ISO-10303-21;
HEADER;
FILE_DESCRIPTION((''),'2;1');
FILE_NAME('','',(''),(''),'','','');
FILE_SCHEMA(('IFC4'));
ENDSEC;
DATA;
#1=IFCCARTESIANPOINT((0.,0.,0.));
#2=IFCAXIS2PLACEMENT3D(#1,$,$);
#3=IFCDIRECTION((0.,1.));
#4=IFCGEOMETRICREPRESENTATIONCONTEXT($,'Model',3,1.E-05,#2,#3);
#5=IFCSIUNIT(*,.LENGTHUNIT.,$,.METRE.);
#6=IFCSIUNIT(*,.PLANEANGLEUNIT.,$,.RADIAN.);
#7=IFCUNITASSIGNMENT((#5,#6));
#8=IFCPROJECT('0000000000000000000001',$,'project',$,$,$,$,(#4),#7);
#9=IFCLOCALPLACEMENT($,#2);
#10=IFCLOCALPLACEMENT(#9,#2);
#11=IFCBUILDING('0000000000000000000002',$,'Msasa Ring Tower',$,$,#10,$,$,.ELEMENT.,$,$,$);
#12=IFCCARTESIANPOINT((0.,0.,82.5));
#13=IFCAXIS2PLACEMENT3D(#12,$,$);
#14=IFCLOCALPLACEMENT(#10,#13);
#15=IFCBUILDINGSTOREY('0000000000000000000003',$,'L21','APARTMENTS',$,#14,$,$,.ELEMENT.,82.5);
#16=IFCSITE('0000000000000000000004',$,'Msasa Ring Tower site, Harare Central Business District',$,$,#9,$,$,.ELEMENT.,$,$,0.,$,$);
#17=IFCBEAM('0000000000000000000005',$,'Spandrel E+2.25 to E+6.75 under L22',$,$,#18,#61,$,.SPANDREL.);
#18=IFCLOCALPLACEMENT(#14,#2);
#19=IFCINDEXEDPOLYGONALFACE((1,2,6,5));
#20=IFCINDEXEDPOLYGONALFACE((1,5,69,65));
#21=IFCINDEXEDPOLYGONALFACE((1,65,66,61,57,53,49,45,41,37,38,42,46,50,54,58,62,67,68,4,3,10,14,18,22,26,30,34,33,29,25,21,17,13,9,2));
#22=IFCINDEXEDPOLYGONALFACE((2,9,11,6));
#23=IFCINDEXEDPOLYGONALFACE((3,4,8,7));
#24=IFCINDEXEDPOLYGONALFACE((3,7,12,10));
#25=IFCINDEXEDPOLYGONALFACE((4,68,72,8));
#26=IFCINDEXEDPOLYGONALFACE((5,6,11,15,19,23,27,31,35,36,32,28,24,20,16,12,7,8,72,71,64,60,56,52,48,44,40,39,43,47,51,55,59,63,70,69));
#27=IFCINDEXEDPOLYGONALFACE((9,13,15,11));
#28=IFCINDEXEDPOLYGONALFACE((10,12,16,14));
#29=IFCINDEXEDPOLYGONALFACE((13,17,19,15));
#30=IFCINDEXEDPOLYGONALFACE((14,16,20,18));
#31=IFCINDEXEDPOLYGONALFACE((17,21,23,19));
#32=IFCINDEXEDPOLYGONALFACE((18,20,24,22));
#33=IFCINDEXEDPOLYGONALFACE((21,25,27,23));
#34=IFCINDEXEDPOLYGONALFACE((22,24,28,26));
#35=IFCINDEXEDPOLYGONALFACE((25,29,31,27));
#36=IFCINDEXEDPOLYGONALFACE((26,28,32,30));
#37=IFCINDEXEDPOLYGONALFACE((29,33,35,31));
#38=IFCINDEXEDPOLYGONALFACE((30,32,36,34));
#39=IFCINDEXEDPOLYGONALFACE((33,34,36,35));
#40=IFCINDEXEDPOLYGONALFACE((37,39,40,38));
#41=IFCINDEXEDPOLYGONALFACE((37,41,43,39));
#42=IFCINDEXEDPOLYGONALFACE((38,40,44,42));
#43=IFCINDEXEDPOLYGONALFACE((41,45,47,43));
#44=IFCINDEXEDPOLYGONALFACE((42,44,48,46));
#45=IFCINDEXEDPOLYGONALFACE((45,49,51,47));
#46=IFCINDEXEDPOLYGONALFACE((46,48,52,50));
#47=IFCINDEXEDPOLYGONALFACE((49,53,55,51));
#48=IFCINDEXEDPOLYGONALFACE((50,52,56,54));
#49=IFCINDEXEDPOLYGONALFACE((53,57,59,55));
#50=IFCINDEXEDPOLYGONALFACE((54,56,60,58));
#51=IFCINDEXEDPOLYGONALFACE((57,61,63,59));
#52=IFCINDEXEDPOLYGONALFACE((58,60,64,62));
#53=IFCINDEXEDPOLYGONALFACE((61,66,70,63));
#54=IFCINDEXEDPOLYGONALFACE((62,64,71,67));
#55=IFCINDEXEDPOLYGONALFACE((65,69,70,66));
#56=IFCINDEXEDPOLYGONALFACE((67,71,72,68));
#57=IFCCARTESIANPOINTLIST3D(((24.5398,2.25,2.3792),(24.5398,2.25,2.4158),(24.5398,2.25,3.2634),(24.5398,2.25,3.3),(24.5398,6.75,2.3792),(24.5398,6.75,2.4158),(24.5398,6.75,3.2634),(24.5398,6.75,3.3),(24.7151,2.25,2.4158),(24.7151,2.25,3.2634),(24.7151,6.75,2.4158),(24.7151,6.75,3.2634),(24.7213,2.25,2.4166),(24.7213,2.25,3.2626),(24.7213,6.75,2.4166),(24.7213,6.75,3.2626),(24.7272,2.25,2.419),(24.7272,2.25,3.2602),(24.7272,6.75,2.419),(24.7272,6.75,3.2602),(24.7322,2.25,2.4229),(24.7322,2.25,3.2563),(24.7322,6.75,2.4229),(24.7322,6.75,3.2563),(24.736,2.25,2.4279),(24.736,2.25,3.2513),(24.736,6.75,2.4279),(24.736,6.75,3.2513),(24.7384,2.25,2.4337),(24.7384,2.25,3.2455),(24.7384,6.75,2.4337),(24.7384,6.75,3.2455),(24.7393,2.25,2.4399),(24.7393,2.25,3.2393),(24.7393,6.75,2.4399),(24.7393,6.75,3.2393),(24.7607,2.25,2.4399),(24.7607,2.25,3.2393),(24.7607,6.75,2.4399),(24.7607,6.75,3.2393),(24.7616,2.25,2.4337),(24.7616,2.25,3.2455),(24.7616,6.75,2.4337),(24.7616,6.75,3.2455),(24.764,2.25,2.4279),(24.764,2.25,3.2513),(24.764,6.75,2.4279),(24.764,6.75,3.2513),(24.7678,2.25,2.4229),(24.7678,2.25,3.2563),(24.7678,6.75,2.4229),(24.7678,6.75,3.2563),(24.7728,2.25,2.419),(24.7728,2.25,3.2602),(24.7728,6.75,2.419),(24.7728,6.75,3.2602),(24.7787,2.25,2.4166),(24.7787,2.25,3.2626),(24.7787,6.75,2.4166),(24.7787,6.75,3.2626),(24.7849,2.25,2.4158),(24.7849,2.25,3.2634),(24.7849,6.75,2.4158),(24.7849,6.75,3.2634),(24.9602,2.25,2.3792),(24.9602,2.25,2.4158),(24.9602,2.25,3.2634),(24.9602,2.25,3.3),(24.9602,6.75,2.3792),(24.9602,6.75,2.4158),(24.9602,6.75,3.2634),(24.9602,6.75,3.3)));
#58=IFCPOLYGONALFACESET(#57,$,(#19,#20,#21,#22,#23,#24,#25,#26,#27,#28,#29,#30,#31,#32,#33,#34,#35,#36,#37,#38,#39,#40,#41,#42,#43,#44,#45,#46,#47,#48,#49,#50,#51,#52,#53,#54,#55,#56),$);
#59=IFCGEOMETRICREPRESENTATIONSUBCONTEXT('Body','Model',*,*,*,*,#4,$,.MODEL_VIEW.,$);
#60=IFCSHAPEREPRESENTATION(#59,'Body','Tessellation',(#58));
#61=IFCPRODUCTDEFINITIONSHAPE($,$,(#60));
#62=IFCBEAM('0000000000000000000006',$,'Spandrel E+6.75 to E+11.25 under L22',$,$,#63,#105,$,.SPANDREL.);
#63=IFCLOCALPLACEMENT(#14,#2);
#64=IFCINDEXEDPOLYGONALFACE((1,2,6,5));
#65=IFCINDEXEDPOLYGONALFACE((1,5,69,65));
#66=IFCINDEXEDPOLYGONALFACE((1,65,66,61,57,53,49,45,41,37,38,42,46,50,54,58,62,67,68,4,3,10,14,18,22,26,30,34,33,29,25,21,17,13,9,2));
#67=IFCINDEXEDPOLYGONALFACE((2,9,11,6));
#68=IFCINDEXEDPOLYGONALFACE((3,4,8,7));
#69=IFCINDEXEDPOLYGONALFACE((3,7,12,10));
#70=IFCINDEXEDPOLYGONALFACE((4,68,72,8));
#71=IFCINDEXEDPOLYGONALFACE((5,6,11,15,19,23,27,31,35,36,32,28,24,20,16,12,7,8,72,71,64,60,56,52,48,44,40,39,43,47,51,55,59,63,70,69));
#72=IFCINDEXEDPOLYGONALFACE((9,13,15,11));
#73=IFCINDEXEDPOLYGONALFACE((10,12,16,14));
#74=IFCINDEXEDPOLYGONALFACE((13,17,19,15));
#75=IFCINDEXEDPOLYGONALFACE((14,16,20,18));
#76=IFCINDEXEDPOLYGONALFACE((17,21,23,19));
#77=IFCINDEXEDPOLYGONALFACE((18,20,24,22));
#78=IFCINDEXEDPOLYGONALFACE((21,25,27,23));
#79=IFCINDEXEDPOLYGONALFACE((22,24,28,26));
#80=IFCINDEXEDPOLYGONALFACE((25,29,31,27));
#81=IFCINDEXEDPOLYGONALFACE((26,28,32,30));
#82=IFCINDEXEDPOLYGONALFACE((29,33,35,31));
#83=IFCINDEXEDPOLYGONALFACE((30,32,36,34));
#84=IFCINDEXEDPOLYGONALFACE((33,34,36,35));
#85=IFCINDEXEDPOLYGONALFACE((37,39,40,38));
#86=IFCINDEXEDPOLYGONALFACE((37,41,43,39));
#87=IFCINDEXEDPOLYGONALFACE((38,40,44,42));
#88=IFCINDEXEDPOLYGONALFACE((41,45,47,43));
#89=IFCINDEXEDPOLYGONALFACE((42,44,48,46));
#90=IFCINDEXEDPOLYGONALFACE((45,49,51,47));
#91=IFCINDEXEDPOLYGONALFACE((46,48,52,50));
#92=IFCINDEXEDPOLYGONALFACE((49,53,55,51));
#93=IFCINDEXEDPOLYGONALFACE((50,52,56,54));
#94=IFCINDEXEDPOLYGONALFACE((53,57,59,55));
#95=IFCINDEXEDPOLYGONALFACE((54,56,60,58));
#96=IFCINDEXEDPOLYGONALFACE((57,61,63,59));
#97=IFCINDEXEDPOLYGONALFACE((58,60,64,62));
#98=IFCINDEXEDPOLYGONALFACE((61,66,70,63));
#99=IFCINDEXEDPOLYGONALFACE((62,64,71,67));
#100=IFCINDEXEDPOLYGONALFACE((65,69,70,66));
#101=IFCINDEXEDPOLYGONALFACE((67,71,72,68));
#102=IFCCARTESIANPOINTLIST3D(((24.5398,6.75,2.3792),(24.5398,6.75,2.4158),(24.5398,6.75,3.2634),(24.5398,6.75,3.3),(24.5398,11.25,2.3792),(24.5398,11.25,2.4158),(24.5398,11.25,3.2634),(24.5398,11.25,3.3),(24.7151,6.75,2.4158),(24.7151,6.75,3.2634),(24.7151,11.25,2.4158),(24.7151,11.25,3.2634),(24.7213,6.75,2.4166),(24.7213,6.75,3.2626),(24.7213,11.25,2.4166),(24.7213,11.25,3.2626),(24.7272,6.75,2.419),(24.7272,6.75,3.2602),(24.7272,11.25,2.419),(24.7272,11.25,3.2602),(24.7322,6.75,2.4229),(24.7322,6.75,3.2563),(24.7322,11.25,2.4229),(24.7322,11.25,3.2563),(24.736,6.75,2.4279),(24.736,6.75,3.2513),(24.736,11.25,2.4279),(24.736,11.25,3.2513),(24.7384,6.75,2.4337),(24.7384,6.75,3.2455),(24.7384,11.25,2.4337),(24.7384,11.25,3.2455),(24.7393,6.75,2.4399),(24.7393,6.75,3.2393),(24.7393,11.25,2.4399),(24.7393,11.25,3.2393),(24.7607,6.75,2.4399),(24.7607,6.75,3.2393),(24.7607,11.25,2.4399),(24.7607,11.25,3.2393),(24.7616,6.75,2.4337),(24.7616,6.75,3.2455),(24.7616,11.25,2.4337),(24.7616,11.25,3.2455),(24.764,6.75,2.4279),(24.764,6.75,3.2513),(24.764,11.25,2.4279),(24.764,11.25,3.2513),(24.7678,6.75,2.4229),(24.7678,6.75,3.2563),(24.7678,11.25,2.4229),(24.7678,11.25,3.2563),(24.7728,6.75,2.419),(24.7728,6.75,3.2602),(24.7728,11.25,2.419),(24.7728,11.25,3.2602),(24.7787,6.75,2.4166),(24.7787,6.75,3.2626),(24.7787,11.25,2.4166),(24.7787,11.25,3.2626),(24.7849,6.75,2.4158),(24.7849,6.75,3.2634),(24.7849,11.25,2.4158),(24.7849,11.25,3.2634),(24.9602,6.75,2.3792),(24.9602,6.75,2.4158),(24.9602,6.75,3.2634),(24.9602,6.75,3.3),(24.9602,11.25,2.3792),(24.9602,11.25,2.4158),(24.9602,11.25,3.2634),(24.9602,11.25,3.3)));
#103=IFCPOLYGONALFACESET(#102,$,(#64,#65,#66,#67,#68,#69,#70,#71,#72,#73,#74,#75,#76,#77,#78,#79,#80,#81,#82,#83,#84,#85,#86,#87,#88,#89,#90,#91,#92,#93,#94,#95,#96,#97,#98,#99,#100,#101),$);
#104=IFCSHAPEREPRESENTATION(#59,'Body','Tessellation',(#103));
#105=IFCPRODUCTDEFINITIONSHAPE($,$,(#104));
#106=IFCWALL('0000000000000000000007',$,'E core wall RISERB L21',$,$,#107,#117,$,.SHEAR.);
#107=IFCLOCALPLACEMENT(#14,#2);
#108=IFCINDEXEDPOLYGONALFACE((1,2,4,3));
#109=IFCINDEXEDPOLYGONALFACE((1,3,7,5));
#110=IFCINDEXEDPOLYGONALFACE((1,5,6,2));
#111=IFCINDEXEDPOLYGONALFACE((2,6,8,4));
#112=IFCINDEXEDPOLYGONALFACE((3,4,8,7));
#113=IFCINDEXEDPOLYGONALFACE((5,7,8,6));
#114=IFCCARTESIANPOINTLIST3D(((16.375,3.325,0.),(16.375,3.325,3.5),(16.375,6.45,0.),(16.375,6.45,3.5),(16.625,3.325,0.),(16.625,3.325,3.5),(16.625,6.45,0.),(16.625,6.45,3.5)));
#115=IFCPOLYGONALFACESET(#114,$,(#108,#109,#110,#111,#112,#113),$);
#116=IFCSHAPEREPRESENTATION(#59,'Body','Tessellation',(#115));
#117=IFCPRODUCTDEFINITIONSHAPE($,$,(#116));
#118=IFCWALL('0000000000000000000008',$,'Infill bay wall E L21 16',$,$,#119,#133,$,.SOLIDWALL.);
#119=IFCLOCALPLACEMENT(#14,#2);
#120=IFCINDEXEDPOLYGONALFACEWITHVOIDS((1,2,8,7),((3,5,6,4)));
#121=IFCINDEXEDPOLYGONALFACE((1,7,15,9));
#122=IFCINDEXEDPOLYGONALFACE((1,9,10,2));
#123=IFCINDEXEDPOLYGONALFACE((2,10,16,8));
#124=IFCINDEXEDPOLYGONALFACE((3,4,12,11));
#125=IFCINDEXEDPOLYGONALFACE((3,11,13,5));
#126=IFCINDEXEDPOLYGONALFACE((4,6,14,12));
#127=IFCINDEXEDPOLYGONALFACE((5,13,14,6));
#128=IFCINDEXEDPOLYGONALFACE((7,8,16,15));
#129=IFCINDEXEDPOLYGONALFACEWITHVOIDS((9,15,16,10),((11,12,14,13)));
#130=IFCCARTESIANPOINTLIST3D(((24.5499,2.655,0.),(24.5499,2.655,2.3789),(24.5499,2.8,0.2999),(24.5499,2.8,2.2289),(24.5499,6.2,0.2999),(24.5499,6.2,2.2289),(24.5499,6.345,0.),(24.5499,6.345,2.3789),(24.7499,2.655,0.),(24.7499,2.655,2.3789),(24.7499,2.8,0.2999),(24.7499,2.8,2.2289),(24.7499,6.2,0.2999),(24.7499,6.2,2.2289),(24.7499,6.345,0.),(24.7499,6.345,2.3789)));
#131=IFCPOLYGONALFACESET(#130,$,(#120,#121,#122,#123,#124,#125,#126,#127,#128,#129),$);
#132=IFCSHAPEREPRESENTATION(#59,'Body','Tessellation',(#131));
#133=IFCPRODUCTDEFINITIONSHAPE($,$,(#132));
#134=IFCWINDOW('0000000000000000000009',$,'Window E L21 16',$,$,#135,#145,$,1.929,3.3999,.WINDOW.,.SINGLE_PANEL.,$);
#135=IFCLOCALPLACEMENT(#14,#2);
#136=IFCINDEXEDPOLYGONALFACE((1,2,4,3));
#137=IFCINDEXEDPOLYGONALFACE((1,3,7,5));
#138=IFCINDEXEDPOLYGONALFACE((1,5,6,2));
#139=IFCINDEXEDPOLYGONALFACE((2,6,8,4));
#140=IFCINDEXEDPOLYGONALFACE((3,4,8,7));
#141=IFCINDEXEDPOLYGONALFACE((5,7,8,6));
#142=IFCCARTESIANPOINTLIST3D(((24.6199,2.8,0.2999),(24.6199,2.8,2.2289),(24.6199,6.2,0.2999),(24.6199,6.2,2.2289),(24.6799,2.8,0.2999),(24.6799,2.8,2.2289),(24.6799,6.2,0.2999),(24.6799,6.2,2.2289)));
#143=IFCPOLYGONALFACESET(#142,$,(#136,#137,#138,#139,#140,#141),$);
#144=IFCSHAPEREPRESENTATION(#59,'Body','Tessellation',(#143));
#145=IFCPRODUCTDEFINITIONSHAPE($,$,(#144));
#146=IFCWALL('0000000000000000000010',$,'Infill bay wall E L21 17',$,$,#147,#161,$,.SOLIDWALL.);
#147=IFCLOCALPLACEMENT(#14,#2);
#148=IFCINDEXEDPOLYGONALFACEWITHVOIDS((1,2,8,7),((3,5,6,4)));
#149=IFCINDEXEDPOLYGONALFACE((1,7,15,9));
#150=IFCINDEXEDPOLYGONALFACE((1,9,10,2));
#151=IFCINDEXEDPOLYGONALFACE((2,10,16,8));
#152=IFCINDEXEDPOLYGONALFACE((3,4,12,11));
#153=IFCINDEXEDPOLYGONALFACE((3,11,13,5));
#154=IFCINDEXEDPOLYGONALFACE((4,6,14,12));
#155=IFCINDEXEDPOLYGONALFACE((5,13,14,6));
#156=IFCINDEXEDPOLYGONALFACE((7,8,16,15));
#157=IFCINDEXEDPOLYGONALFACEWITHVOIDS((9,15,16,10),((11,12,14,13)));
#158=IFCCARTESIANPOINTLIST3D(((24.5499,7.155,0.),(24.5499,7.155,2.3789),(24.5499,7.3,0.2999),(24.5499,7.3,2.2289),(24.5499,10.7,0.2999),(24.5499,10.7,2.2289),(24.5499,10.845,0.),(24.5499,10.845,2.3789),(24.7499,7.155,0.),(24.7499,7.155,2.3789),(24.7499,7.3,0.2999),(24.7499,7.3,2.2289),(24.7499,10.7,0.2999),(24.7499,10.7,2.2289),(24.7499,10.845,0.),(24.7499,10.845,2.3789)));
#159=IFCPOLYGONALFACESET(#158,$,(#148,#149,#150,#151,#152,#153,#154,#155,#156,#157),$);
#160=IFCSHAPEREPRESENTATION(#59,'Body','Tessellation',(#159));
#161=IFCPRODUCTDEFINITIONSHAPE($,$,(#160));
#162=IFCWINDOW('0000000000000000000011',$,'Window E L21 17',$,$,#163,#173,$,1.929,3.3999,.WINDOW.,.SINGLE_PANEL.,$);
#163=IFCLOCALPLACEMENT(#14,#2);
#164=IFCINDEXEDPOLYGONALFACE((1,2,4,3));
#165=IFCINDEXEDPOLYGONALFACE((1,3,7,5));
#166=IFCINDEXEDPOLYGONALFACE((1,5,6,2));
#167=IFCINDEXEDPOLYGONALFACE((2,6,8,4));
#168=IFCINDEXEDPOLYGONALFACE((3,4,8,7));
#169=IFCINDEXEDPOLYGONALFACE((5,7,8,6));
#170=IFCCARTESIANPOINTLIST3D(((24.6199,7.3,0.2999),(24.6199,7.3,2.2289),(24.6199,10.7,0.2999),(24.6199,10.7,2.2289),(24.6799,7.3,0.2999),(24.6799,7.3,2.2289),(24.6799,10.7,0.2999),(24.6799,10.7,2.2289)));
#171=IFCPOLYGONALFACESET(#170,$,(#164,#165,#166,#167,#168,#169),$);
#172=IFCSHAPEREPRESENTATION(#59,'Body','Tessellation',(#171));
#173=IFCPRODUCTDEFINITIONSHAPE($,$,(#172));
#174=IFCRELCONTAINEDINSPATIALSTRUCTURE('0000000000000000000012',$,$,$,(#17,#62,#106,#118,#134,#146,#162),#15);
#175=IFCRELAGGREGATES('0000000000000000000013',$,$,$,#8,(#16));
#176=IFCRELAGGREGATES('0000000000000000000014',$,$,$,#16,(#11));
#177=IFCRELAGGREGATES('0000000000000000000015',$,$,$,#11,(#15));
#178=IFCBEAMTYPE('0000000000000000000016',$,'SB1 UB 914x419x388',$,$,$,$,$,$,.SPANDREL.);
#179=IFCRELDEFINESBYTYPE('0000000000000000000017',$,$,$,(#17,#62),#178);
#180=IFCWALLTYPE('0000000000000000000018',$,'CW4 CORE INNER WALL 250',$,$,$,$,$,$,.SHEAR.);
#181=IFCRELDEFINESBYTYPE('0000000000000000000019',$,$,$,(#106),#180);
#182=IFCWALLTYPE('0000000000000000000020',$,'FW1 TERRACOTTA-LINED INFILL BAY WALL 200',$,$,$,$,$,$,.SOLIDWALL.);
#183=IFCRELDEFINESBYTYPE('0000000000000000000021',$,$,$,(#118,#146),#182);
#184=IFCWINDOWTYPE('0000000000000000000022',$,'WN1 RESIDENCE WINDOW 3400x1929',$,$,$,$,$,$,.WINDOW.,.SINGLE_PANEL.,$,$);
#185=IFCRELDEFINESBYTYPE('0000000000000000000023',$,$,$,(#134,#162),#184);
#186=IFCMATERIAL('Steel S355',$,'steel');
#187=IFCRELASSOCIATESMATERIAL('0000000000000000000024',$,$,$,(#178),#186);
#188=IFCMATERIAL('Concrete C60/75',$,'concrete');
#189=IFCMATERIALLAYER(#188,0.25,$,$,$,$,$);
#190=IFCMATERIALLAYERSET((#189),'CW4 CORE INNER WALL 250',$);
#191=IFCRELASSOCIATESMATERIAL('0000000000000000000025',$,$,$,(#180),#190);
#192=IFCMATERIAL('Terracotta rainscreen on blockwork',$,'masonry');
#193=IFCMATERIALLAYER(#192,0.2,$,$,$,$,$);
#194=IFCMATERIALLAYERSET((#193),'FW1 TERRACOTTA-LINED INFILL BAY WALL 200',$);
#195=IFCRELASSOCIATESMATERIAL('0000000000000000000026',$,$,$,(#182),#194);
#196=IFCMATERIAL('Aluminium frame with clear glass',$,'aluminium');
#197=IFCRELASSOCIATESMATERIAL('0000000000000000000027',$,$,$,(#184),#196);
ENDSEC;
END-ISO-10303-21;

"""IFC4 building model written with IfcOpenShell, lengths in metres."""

from ifc_helpers import new_model, si_unit, direction, frame, frame_2d, origin, origin_2d, place, context, subcontext, project, spatial, rectangle, i_section, extrude, material, layer, layer_set, material_profile, profile_set, type_object, element, fill, save


model = new_model("IFC4")

# Units and contexts
model_context = context("Model", 3, precision=1e-05, world=origin(), true_north=direction((0.0, 1.0)))
body_context = subcontext(model_context, "Body", "Model", "MODEL_VIEW")
ifc_project = project(units=[si_unit("LENGTHUNIT", "METRE"), si_unit("PLANEANGLEUNIT", "RADIAN")], contexts=[model_context])

# Site, building, storey
site_placement = place(None, origin())
site = spatial("IfcSite", under=ifc_project, at=site_placement, Name="Msasa Ring Tower site, Harare Central Business District", CompositionType="ELEMENT", RefElevation=0.0)
building_placement = place(site_placement, origin())
building = spatial("IfcBuilding", under=site, at=building_placement, Name="Msasa Ring Tower", CompositionType="ELEMENT")
storey_placement = place(building_placement, frame((0.0, 0.0, 82.5)))
storey = spatial("IfcBuildingStorey", under=building, at=storey_placement, Name="L21", Description="APARTMENTS", CompositionType="ELEMENT", Elevation=82.5)

# Beams
ifc_material_1 = material(Name="Steel S355", Category="steel")
ifc_material_profile_1 = material_profile(ifc_material_1, i_section(OverallWidth=0.4204, OverallDepth=0.9209, WebThickness=0.0215, FlangeThickness=0.0366, FilletRadius=0.0242, at=origin_2d()), Name="UB 914x419x388")
ifc_profile_set_1 = profile_set([ifc_material_profile_1], Name="Steel S355")
beam_type_1 = type_object("IfcBeamType", Name="SB1 UB 914x419x388", PredefinedType="SPANDREL", material=ifc_profile_set_1)
for number, where, z_axis, x_axis, name in (
    (1, (24.75, 2.25, 2.8396), (0.0, 1.0, 0.0), (-1.0, 0.0, 0.0), "Spandrel E+2.25 to E+6.75 under L22"),
    (2, (24.75, 6.75, 2.8396), (0.0, 1.0, 0.0), (-1.0, 0.0, 0.0), "Spandrel E+6.75 to E+11.25 under L22"),
):
    element("IfcBeam", number, at=place(storey_placement, frame(where, z_axis=z_axis, x_axis=x_axis)), inside=storey, type_object=beam_type_1, Name=name, PredefinedType="SPANDREL", context=body_context, shape_type="SweptSolid", body=[
        extrude(i_section(OverallWidth=0.4204, OverallDepth=0.9209, WebThickness=0.0215, FlangeThickness=0.0366, FilletRadius=0.0242, at=origin_2d()), origin(), (0.0, 0.0, 1.0), 4.5),
    ])

# Wall
ifc_material_2 = material(Name="Concrete C60/75", Category="concrete")
ifc_layer_1 = layer(ifc_material_2, 0.25)
ifc_layer_set_1 = layer_set([ifc_layer_1], Name="CW4 CORE INNER WALL 250")
wall_type_1 = type_object("IfcWallType", Name="CW4 CORE INNER WALL 250", PredefinedType="SHEAR", material=ifc_layer_set_1)
wall_1_placement = place(storey_placement, frame((16.5, 3.325, 0.0), z_axis=(0.0, 0.0, 1.0), x_axis=(0.0, 1.0, 0.0)))
element("IfcWall", 3, at=wall_1_placement, inside=storey, type_object=wall_type_1, Name="E core wall RISERB L21", PredefinedType="SHEAR", context=body_context, shape_type="SweptSolid", body=[
    extrude(rectangle(XDim=3.125, YDim=0.25, at=frame_2d((1.5625, 0.0))), origin(), (0.0, 0.0, 1.0), 3.5),
])

# Walls, openings, windows
ifc_material_3 = material(Name="Terracotta rainscreen on blockwork", Category="masonry")
ifc_layer_2 = layer(ifc_material_3, 0.2)
ifc_layer_set_2 = layer_set([ifc_layer_2], Name="FW1 TERRACOTTA-LINED INFILL BAY WALL 200")
wall_type_2 = type_object("IfcWallType", Name="FW1 TERRACOTTA-LINED INFILL BAY WALL 200", PredefinedType="SOLIDWALL", material=ifc_layer_set_2)
wall_2_placement = place(storey_placement, frame((24.6499, 2.655, 0.0), z_axis=(0.0, 0.0, 1.0), x_axis=(0.0, 1.0, 0.0)))
wall_2 = element("IfcWall", 4, at=wall_2_placement, inside=storey, type_object=wall_type_2, Name="Infill bay wall E L21 16", PredefinedType="SOLIDWALL", context=body_context, shape_type="SweptSolid", body=[
    extrude(rectangle(XDim=3.6899, YDim=0.2, at=frame_2d((1.845, 0.0))), origin(), (0.0, 0.0, 1.0), 2.3789),
])
opening_1_placement = place(wall_2_placement, frame((0.145, 0.0, 0.3)))
opening_1 = element("IfcOpeningElement", 5, at=opening_1_placement, cuts=wall_2, PredefinedType="OPENING", context=body_context, shape_type="SweptSolid", body=[
    extrude(rectangle(XDim=3.3999, YDim=1.929, at=frame_2d((1.7, 0.9644))), frame((0.0, 0.1099, 0.0), z_axis=(0.0, -1.0, 0.0), x_axis=(1.0, 0.0, 0.0)), (0.0, 0.0, 1.0), 0.22),
])
ifc_material_4 = material(Name="Aluminium frame with clear glass", Category="aluminium")
window_type = type_object("IfcWindowType", Name="WN1 RESIDENCE WINDOW 3400x1929", PartitioningType="SINGLE_PANEL", PredefinedType="WINDOW", material=ifc_material_4)
window_1_placement = place(opening_1_placement, origin())
window_1 = element("IfcWindow", 6, at=window_1_placement, inside=storey, type_object=window_type, Name="Window E L21 16", OverallHeight=1.929, OverallWidth=3.3999, PartitioningType="SINGLE_PANEL", PredefinedType="WINDOW", context=body_context, shape_type="SweptSolid", body=[
    extrude(rectangle(XDim=3.3999, YDim=1.929, at=frame_2d((1.7, 0.9644))), frame((0.0, 0.03, 0.0), z_axis=(0.0, -1.0, 0.0), x_axis=(1.0, 0.0, 0.0)), (0.0, 0.0, 1.0), 0.0601),
])
fill(opening_1, window_1)
wall_3_placement = place(storey_placement, frame((24.6499, 7.155, 0.0), z_axis=(0.0, 0.0, 1.0), x_axis=(0.0, 1.0, 0.0)))
wall_3 = element("IfcWall", 7, at=wall_3_placement, inside=storey, type_object=wall_type_2, Name="Infill bay wall E L21 17", PredefinedType="SOLIDWALL", context=body_context, shape_type="SweptSolid", body=[
    extrude(rectangle(XDim=3.6899, YDim=0.2, at=frame_2d((1.845, 0.0))), origin(), (0.0, 0.0, 1.0), 2.3789),
])
opening_2_placement = place(wall_3_placement, frame((0.145, 0.0, 0.3)))
opening_2 = element("IfcOpeningElement", 8, at=opening_2_placement, cuts=wall_3, PredefinedType="OPENING", context=body_context, shape_type="SweptSolid", body=[
    extrude(rectangle(XDim=3.3999, YDim=1.929, at=frame_2d((1.7, 0.9644))), frame((0.0, 0.1099, 0.0), z_axis=(0.0, -1.0, 0.0), x_axis=(1.0, 0.0, 0.0)), (0.0, 0.0, 1.0), 0.22),
])
window_2_placement = place(opening_2_placement, origin())
window_2 = element("IfcWindow", 9, at=window_2_placement, inside=storey, type_object=window_type, Name="Window E L21 17", OverallHeight=1.929, OverallWidth=3.3999, PartitioningType="SINGLE_PANEL", PredefinedType="WINDOW", context=body_context, shape_type="SweptSolid", body=[
    extrude(rectangle(XDim=3.3999, YDim=1.929, at=frame_2d((1.7, 0.9644))), frame((0.0, 0.03, 0.0), z_axis=(0.0, -1.0, 0.0), x_axis=(1.0, 0.0, 0.0)), (0.0, 0.0, 1.0), 0.0601),
])
fill(opening_2, window_2)

save(model, "model.ifc")
